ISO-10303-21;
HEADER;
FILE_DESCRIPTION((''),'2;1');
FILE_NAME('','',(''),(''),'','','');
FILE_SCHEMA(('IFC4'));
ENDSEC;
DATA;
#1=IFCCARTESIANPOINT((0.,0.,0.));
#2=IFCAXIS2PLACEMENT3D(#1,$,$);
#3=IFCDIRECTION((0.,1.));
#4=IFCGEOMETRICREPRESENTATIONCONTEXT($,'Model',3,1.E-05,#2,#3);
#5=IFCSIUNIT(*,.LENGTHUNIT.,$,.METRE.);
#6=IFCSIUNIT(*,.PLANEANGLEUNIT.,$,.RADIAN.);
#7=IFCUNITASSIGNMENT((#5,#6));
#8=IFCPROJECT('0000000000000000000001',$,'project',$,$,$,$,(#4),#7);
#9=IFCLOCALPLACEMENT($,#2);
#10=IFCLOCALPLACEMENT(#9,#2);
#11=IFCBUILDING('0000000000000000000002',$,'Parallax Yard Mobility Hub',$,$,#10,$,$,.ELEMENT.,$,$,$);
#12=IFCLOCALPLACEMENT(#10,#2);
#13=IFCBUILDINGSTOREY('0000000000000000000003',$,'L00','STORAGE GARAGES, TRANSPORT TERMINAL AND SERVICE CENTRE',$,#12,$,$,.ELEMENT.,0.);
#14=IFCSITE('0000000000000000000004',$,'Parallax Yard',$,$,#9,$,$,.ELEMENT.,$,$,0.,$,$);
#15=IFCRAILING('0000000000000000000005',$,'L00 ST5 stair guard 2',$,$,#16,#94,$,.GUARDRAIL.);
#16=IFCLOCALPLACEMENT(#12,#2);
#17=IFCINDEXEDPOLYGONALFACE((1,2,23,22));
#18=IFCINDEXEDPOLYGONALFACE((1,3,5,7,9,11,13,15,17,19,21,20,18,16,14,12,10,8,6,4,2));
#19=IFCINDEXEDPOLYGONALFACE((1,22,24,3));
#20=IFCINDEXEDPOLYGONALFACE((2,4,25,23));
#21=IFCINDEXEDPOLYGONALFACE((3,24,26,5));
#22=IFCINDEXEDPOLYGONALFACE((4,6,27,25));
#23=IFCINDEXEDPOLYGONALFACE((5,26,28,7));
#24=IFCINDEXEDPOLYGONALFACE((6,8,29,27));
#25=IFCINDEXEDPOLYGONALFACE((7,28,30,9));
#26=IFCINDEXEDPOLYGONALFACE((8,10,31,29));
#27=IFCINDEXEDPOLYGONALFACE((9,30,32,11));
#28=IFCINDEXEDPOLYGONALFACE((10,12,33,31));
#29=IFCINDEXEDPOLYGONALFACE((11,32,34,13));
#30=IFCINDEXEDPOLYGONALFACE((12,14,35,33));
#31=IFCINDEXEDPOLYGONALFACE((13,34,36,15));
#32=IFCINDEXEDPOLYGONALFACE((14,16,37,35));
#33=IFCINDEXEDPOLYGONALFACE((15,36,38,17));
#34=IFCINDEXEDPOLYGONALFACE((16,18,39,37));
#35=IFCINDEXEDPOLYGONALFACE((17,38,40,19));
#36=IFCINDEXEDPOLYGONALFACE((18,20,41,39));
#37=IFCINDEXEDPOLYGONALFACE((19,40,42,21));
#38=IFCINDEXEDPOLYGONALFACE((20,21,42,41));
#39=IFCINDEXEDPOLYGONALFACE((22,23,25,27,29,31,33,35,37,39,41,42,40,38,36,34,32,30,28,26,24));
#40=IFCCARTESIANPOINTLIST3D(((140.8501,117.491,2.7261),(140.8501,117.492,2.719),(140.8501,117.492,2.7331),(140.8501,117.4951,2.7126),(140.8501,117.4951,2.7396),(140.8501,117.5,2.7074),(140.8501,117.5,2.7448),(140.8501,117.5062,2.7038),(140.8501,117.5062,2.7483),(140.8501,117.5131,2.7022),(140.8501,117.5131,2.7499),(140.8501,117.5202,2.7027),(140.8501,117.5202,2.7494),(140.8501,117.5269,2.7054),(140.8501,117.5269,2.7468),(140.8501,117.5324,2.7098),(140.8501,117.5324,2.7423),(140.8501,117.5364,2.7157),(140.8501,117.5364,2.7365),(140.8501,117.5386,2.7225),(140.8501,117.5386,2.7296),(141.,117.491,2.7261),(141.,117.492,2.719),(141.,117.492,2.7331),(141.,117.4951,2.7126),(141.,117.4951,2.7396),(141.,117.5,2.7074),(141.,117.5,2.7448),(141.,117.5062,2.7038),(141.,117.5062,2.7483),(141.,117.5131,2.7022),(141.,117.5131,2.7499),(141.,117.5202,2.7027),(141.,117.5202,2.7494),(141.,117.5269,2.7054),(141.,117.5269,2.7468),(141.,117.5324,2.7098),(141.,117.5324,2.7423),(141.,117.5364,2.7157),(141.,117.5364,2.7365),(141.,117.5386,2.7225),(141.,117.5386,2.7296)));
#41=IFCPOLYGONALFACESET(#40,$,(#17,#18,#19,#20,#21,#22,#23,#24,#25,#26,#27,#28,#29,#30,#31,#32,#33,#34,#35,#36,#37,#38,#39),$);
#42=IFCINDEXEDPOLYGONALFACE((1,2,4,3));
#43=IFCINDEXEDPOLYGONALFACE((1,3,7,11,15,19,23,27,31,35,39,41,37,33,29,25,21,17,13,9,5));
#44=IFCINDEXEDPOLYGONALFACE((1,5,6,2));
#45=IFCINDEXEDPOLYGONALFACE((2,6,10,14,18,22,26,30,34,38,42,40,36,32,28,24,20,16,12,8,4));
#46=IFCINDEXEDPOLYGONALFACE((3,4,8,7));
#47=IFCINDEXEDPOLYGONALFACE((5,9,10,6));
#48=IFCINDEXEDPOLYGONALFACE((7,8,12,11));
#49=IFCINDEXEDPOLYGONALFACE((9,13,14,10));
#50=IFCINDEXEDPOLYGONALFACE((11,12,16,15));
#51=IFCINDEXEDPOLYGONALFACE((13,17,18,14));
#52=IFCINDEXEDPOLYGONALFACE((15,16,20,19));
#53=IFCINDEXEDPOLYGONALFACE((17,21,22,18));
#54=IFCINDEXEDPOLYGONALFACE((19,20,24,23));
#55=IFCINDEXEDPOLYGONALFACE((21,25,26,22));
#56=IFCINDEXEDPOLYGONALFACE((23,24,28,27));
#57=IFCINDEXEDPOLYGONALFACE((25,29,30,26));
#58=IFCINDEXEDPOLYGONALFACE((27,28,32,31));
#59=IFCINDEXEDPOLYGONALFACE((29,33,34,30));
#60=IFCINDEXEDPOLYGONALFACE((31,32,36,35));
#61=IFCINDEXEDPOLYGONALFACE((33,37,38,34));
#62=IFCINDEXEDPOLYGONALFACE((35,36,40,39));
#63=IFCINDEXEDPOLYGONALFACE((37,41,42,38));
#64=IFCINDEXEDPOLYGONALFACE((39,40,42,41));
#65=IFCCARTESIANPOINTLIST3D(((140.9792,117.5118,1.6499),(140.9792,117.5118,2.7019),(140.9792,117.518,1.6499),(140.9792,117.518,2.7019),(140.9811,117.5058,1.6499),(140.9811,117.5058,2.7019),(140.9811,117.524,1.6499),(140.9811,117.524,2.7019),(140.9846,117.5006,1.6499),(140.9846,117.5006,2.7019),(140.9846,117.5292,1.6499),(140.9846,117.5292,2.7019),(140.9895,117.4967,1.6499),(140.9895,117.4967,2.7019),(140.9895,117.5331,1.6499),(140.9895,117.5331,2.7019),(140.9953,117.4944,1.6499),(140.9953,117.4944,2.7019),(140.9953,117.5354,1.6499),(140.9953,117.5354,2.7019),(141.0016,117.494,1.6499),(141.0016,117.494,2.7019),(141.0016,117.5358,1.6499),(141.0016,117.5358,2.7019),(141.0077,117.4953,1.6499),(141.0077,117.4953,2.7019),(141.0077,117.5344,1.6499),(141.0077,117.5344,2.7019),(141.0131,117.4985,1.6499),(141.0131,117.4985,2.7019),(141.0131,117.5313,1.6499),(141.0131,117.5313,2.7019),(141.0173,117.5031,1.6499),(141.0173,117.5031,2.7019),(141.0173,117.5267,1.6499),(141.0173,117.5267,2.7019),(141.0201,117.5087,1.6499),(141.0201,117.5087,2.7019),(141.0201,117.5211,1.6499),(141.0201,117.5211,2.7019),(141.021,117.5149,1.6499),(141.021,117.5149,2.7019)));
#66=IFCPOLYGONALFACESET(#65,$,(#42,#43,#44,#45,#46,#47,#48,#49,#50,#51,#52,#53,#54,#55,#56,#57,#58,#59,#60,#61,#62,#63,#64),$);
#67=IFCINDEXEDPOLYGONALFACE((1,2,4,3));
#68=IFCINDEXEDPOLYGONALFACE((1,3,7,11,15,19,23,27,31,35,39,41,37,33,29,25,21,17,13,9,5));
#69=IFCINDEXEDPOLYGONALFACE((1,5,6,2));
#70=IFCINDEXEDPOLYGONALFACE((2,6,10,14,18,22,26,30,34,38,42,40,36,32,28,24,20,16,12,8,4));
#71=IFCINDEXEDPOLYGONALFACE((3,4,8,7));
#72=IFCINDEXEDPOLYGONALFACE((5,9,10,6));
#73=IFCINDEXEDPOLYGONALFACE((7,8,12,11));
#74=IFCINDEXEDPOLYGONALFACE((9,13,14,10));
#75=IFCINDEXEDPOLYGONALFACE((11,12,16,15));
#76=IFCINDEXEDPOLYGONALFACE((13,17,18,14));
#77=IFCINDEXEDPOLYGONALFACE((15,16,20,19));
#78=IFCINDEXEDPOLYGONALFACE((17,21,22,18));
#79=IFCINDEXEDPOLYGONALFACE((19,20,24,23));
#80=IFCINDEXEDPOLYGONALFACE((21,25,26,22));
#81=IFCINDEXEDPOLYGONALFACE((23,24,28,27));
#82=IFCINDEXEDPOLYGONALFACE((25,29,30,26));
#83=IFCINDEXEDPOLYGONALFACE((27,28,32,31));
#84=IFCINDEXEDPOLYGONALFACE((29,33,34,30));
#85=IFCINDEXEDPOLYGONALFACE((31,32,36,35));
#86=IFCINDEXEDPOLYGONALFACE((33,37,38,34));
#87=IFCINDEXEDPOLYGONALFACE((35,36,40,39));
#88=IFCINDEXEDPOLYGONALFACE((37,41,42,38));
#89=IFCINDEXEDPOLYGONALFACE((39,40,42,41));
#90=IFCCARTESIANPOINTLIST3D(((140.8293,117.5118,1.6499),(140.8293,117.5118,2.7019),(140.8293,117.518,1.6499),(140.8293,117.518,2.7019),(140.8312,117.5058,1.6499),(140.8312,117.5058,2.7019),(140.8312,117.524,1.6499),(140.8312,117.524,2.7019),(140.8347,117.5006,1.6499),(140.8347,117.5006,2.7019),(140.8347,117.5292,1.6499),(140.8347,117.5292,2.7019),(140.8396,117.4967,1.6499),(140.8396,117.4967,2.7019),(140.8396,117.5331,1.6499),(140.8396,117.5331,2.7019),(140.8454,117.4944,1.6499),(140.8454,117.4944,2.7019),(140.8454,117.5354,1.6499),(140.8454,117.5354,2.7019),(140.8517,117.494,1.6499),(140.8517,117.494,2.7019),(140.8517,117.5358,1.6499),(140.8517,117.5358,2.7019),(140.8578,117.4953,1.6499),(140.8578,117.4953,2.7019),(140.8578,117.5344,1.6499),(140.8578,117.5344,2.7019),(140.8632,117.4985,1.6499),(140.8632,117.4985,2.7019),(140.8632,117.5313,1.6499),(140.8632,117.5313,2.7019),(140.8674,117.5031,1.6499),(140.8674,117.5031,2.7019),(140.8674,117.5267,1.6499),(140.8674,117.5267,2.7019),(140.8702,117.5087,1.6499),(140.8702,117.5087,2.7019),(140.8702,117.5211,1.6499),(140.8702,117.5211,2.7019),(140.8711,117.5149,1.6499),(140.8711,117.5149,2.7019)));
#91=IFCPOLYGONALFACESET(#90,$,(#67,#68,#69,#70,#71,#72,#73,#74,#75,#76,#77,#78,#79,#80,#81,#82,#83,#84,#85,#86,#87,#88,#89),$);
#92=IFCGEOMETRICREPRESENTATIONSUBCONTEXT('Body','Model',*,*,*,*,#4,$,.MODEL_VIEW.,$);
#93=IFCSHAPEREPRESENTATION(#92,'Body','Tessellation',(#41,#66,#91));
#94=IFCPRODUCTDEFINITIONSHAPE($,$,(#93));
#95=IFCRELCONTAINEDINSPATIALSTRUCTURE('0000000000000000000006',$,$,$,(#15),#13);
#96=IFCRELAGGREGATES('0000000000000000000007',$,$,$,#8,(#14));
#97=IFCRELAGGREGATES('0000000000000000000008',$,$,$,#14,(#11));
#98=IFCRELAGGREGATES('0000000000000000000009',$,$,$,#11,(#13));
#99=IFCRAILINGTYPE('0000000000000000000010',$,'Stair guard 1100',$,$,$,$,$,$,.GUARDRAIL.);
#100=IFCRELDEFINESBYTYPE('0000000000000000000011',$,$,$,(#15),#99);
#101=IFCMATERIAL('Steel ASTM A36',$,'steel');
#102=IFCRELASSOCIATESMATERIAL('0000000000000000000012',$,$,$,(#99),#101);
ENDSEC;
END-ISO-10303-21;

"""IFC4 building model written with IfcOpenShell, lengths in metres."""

from ifc_helpers import new_model, si_unit, direction, frame, origin, origin_2d, place, context, subcontext, project, spatial, circle, extrude, material, type_object, element, save


model = new_model("IFC4")

# Units and contexts
model_context = context("Model", 3, precision=1e-05, world=origin(), true_north=direction((0.0, 1.0)))
body_context = subcontext(model_context, "Body", "Model", "MODEL_VIEW")
ifc_project = project(units=[si_unit("LENGTHUNIT", "METRE"), si_unit("PLANEANGLEUNIT", "RADIAN")], contexts=[model_context])

# Site, building, storey
site_placement = place(None, origin())
site = spatial("IfcSite", under=ifc_project, at=site_placement, Name="Parallax Yard", CompositionType="ELEMENT", RefElevation=0.0)
building_placement = place(site_placement, origin())
building = spatial("IfcBuilding", under=site, at=building_placement, Name="Parallax Yard Mobility Hub", CompositionType="ELEMENT")
storey_placement = place(building_placement, origin())
storey = spatial("IfcBuildingStorey", under=building, at=storey_placement, Name="L00", Description="STORAGE GARAGES, TRANSPORT TERMINAL AND SERVICE CENTRE", CompositionType="ELEMENT", Elevation=0.0)

# Railing
ifc_material_1 = material(Name="Steel ASTM A36", Category="steel")
railing_type_1 = type_object("IfcRailingType", Name="Stair guard 1100", PredefinedType="GUARDRAIL", material=ifc_material_1)
railing_1_placement = place(storey_placement, frame((141.0, 117.5149, 1.6499)))
element("IfcRailing", 1, at=railing_1_placement, inside=storey, type_object=railing_type_1, Name="L00 ST5 stair guard 2", PredefinedType="GUARDRAIL", context=body_context, shape_type="SweptSolid", body=[
    extrude(circle(Radius=0.0239, at=origin_2d()), frame((0.0, 0.0, 1.0762), z_axis=(-1.0, 0.0, 0.0), x_axis=(0.0, -1.0, 0.0)), (0.0, 0.0, 1.0), 0.1499),
    extrude(circle(Radius=0.021, at=origin_2d()), origin(), (0.0, 0.0, 1.0), 1.052),
    extrude(circle(Radius=0.021, at=origin_2d()), frame((-0.1499, 0.0, 0.0)), (0.0, 0.0, 1.0), 1.052),
])

save(model, "model.ifc")
